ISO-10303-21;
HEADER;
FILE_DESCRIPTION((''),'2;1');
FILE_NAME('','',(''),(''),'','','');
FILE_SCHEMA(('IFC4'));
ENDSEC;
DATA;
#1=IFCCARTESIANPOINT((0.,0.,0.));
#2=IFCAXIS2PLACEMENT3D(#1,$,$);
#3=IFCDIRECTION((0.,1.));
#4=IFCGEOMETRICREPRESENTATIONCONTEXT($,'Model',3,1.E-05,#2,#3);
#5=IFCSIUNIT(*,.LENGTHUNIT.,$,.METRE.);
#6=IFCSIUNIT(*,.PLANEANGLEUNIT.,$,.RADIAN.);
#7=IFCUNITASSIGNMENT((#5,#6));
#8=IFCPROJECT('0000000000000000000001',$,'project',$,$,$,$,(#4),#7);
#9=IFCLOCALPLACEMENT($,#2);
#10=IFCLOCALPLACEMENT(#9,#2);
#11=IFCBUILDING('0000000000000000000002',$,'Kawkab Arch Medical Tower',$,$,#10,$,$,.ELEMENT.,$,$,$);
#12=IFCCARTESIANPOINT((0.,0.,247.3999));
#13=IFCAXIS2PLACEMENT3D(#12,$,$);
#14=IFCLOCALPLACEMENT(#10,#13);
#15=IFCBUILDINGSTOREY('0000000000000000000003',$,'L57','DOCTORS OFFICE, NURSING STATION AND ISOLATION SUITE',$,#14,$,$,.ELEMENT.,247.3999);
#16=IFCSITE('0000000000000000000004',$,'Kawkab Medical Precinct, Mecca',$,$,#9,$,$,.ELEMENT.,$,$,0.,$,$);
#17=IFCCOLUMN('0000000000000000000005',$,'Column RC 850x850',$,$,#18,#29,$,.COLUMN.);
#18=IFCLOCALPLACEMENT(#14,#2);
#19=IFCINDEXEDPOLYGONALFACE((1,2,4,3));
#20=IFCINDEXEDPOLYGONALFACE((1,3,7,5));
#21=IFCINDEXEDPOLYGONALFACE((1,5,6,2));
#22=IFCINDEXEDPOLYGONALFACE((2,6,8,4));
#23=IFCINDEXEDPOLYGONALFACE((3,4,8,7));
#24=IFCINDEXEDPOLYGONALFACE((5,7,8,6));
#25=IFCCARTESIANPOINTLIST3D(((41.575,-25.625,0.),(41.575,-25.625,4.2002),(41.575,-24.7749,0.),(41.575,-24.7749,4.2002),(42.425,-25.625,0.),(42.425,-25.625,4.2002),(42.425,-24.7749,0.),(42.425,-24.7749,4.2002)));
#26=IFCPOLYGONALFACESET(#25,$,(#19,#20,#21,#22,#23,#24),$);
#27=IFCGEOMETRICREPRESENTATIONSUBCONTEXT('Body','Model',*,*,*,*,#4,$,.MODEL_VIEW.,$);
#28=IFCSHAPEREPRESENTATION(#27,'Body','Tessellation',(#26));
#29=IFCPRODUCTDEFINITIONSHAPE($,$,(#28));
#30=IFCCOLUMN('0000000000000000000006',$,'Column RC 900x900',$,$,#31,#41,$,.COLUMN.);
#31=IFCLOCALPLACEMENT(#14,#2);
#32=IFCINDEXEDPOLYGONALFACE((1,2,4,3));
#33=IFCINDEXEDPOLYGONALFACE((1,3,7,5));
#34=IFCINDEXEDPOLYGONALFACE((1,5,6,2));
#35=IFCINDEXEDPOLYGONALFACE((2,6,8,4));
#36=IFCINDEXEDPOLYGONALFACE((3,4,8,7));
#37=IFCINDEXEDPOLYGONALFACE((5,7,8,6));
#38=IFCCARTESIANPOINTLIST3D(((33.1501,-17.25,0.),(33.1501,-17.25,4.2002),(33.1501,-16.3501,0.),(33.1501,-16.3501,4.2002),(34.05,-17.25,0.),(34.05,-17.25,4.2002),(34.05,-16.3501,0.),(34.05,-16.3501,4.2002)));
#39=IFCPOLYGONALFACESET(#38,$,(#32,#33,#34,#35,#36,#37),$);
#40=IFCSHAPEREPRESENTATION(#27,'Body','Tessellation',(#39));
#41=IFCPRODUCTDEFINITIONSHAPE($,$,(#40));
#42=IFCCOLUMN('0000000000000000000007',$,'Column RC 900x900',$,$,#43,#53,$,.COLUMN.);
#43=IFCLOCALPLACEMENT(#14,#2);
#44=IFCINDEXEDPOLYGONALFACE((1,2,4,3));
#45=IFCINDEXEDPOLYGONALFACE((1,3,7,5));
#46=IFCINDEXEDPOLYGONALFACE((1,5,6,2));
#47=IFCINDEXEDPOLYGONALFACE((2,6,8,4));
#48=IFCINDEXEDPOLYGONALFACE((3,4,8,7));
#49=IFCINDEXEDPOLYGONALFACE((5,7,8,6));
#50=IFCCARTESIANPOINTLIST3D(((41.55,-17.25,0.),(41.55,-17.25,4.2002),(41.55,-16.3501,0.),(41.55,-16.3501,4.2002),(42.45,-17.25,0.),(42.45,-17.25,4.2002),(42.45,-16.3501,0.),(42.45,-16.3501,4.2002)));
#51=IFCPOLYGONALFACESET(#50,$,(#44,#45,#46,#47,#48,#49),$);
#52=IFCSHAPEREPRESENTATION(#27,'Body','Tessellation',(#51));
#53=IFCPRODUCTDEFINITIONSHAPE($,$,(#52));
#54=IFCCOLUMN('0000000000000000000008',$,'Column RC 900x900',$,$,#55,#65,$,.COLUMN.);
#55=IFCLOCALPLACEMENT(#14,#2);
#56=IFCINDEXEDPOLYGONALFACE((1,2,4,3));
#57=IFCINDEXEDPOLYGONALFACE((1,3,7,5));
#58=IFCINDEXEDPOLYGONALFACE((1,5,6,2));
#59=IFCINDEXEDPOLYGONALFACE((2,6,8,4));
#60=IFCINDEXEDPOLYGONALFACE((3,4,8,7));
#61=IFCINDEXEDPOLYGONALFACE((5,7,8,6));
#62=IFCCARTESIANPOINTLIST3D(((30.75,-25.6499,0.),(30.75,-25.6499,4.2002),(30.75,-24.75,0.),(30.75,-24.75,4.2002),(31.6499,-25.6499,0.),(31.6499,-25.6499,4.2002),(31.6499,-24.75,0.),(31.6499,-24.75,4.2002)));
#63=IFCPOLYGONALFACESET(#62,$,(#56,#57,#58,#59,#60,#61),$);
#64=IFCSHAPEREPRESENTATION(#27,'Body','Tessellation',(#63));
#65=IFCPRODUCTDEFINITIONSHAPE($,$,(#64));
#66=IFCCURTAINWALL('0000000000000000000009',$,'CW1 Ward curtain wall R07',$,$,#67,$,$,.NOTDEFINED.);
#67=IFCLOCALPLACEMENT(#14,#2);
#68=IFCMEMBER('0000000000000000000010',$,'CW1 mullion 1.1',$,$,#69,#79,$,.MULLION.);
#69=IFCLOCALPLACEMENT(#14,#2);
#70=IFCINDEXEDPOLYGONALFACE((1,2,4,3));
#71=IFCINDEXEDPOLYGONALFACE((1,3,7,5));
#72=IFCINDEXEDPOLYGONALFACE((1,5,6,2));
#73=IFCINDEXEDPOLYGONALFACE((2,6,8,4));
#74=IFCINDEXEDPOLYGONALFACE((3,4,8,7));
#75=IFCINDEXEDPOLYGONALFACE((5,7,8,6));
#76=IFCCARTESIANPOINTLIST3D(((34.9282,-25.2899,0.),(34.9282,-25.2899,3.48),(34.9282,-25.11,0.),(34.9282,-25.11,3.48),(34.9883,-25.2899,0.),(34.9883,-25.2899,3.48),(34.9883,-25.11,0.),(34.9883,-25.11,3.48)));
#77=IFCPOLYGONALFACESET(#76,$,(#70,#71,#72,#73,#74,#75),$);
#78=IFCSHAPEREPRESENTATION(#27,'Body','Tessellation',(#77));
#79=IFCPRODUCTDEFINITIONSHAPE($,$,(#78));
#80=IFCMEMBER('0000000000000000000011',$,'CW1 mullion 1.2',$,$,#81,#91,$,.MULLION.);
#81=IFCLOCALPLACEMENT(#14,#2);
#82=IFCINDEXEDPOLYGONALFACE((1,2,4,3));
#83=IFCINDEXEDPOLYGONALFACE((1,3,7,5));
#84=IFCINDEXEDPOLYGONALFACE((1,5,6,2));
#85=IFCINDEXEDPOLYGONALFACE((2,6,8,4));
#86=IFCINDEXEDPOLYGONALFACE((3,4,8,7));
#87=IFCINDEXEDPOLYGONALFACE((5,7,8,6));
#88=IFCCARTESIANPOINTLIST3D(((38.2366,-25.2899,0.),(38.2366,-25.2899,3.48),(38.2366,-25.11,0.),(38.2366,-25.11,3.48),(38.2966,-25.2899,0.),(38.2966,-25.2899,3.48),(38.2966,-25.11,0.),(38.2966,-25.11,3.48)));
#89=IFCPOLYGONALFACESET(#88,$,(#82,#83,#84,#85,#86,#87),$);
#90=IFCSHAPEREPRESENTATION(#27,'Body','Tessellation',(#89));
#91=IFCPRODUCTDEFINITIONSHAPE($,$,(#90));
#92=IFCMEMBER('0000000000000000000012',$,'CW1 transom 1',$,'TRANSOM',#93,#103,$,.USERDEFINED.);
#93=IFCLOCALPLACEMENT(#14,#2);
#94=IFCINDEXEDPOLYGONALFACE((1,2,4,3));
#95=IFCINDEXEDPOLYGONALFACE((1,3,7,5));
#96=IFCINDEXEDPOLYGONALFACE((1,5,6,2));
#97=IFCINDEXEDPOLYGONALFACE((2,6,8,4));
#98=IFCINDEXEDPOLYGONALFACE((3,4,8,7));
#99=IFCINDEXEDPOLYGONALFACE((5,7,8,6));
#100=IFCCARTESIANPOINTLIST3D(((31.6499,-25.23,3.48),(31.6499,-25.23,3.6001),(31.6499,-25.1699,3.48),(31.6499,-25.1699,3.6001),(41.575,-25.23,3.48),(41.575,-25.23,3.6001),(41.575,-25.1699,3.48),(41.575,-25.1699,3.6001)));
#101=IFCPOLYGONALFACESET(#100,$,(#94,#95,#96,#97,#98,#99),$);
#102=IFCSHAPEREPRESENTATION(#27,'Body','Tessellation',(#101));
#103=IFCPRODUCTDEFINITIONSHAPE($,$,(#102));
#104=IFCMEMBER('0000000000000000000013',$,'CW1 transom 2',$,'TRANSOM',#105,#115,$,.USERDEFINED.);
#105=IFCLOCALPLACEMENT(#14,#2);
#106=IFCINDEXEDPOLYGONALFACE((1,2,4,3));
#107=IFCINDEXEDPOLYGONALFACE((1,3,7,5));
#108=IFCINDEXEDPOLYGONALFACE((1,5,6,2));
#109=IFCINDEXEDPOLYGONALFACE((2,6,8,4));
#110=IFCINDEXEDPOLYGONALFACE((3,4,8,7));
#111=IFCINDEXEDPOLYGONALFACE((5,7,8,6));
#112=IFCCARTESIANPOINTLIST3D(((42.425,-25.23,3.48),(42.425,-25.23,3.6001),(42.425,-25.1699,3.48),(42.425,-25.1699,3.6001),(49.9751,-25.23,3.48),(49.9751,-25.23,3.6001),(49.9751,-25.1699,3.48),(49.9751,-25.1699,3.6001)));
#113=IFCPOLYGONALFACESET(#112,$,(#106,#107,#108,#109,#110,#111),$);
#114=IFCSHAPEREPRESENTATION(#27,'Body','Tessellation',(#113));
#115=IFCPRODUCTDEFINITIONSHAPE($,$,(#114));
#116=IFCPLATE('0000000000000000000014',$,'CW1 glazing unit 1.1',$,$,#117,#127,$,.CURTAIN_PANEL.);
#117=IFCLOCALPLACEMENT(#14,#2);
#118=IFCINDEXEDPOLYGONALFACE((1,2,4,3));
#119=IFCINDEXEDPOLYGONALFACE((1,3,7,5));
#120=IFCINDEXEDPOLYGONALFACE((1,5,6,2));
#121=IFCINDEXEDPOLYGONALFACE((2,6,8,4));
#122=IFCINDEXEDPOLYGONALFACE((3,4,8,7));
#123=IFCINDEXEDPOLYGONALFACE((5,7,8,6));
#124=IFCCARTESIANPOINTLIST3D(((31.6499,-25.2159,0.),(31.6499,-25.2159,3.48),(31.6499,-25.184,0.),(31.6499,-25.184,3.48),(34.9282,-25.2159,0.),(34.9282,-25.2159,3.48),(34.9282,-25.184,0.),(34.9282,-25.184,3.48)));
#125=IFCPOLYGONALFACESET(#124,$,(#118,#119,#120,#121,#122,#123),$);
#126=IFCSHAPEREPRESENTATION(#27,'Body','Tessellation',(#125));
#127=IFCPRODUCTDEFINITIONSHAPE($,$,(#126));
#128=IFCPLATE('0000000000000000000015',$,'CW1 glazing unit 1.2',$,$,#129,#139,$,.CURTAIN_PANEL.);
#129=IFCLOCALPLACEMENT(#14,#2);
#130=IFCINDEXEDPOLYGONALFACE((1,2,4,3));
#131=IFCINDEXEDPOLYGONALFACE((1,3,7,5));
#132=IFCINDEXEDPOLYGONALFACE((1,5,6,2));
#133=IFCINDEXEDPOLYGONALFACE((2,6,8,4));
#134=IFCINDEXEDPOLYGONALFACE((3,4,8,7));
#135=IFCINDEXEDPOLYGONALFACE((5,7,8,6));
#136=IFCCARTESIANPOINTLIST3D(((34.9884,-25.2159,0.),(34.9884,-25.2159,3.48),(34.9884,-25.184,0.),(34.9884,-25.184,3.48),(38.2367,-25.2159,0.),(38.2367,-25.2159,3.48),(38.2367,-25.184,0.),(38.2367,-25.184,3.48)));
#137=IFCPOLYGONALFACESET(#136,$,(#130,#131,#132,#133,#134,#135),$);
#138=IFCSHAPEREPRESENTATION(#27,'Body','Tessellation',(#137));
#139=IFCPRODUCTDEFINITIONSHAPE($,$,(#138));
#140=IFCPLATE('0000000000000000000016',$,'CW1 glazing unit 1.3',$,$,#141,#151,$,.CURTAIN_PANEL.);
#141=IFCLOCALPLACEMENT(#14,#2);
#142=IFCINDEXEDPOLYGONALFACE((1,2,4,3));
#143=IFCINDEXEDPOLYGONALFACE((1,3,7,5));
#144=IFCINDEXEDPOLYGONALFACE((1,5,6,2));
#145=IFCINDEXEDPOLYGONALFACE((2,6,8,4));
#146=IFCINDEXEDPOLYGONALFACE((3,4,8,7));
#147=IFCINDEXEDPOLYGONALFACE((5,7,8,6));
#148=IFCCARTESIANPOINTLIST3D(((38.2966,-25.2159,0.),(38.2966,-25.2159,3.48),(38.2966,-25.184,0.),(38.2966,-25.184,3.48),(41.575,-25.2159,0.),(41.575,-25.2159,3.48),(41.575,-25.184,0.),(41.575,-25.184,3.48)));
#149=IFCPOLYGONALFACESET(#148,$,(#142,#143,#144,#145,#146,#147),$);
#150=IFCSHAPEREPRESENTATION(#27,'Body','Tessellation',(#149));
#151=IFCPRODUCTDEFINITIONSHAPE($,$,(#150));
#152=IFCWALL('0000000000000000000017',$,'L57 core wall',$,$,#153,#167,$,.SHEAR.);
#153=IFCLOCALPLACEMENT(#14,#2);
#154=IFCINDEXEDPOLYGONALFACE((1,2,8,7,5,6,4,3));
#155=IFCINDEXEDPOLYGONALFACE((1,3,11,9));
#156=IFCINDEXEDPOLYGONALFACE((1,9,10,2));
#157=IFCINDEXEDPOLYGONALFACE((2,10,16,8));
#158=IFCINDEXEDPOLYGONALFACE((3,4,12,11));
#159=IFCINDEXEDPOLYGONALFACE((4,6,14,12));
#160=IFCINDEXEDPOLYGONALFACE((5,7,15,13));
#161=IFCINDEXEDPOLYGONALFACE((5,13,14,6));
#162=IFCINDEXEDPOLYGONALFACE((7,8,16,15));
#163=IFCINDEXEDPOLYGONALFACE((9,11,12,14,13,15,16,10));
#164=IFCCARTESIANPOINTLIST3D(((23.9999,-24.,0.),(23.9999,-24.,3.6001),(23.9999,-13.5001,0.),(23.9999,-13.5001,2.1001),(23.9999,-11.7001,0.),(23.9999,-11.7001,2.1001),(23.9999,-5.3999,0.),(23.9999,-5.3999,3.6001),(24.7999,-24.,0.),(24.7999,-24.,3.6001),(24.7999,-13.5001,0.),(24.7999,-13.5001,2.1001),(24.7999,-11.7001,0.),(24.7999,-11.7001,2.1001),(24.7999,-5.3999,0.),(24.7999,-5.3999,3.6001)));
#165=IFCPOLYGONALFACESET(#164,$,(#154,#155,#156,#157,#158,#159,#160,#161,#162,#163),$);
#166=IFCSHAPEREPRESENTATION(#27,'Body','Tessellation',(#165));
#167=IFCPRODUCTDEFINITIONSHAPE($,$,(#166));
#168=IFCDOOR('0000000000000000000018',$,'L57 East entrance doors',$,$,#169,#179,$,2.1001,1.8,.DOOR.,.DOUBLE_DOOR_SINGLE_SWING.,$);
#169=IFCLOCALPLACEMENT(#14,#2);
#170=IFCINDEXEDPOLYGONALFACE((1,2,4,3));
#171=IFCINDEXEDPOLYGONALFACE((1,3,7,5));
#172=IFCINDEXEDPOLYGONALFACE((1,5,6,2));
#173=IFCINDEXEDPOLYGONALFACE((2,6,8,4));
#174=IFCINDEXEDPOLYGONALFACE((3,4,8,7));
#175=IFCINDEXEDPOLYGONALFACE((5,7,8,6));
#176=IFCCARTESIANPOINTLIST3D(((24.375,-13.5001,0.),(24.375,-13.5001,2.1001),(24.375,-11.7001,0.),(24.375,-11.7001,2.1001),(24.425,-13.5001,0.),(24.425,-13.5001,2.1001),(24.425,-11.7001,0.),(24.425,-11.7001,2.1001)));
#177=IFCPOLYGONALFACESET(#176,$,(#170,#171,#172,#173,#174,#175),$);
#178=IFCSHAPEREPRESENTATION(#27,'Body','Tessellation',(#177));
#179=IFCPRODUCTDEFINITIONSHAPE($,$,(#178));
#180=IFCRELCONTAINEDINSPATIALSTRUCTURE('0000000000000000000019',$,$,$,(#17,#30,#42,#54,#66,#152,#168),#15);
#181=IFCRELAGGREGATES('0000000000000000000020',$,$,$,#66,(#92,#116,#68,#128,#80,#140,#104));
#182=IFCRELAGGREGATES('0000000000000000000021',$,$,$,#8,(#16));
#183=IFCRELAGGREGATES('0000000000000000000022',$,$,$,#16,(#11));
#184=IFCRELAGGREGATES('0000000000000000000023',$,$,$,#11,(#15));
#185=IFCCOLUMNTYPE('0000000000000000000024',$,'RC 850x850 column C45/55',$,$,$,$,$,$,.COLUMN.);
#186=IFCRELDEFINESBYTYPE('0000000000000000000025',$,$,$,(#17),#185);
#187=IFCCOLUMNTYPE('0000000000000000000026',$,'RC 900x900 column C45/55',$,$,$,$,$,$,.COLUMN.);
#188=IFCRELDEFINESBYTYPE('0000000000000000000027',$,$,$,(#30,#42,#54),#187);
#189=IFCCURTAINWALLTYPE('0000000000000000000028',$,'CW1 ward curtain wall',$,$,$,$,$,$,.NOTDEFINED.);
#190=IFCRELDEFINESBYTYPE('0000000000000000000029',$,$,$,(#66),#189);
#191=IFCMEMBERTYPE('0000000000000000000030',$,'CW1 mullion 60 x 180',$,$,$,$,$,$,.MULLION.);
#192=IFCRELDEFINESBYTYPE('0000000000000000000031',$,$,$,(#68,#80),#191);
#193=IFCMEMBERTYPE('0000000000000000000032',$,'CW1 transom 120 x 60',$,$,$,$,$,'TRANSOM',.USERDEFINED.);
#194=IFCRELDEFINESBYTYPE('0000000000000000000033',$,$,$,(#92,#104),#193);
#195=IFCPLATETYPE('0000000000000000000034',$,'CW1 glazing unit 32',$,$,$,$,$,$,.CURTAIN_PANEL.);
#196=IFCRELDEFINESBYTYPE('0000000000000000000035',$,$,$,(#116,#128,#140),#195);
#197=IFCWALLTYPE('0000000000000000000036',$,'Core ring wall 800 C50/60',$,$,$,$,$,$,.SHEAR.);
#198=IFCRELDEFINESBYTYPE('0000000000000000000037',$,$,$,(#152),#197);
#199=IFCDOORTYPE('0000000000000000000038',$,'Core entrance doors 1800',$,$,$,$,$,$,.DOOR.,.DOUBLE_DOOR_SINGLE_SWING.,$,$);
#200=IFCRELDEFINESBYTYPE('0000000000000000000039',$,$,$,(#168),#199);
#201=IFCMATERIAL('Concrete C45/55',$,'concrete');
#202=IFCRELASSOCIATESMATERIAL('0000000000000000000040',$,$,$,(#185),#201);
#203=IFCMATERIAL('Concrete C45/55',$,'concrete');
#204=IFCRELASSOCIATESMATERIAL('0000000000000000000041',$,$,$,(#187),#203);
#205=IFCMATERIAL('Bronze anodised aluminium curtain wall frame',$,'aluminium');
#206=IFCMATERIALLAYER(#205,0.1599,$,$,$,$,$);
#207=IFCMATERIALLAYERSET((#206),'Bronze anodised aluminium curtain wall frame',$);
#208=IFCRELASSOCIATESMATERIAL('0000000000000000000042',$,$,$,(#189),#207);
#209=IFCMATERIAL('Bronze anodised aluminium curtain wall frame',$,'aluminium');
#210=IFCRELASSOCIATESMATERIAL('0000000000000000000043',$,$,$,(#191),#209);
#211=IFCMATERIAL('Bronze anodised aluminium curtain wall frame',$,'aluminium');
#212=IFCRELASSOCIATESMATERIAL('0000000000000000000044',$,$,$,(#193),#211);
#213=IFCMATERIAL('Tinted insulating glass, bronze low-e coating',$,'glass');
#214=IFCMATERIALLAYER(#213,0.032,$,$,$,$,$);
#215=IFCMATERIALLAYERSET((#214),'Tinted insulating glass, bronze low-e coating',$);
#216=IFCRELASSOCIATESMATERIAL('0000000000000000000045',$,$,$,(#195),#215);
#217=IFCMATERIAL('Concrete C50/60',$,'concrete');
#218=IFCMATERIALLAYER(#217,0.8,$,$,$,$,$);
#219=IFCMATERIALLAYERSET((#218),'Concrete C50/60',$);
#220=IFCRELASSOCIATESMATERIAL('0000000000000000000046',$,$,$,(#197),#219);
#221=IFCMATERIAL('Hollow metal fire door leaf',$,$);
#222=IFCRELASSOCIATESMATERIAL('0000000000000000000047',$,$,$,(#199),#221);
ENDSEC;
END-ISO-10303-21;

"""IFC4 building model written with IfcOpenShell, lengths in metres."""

from ifc_helpers import new_model, si_unit, direction, frame, frame_2d, origin, origin_2d, place, context, subcontext, project, spatial, rectangle, extrude, material, layer, layer_set, material_profile, profile_set, type_object, element, fill, aggregate, save


model = new_model("IFC4")

# Units and contexts
model_context = context("Model", 3, precision=1e-05, world=origin(), true_north=direction((0.0, 1.0)))
body_context = subcontext(model_context, "Body", "Model", "MODEL_VIEW")
ifc_project = project(units=[si_unit("LENGTHUNIT", "METRE"), si_unit("PLANEANGLEUNIT", "RADIAN")], contexts=[model_context])

# Site, building, storey
site_placement = place(None, origin())
site = spatial("IfcSite", under=ifc_project, at=site_placement, Name="Kawkab Medical Precinct, Mecca", CompositionType="ELEMENT", RefElevation=0.0)
building_placement = place(site_placement, origin())
building = spatial("IfcBuilding", under=site, at=building_placement, Name="Kawkab Arch Medical Tower", CompositionType="ELEMENT")
storey_placement = place(building_placement, frame((0.0, 0.0, 247.3999)))
storey = spatial("IfcBuildingStorey", under=building, at=storey_placement, Name="L57", Description="DOCTORS OFFICE, NURSING STATION AND ISOLATION SUITE", CompositionType="ELEMENT", Elevation=247.3999)

# Columns
ifc_material_1 = material(Name="Concrete C45/55", Category="concrete")
ifc_material_profile_1 = material_profile(ifc_material_1, rectangle(XDim=0.8501, YDim=0.8501, at=origin_2d()), Name="RC 850x850")
ifc_profile_set_1 = profile_set([ifc_material_profile_1], Name="Concrete C45/55")
column_type_1 = type_object("IfcColumnType", Name="RC 850x850 column C45/55", PredefinedType="COLUMN", material=ifc_profile_set_1)
column_placement = place(storey_placement, frame((42.0, -25.2, 0.0), z_axis=(0.0, 0.0, 1.0), x_axis=(1.0, 0.0, 0.0)))
element("IfcColumn", 1, at=column_placement, inside=storey, type_object=column_type_1, Name="Column RC 850x850", PredefinedType="COLUMN", context=body_context, shape_type="SweptSolid", body=[
    extrude(rectangle(XDim=0.8501, YDim=0.8501, at=origin_2d()), origin(), (0.0, 0.0, 1.0), 4.2002),
])
ifc_material_2 = material(Name="Concrete C45/55", Category="concrete")
ifc_material_profile_2 = material_profile(ifc_material_2, rectangle(XDim=0.8999, YDim=0.8999, at=origin_2d()), Name="RC 900x900")
ifc_profile_set_2 = profile_set([ifc_material_profile_2], Name="Concrete C45/55")
column_type_2 = type_object("IfcColumnType", Name="RC 900x900 column C45/55", PredefinedType="COLUMN", material=ifc_profile_set_2)
for number, where, z_axis, x_axis, name in (
    (2, (33.6001, -16.8, 0.0), (0.0, 0.0, 1.0), (1.0, 0.0, 0.0), "Column RC 900x900"),
    (3, (42.0, -16.8, 0.0), (0.0, 0.0, 1.0), (1.0, 0.0, 0.0), "Column RC 900x900"),
    (4, (31.2, -25.2, 0.0), (0.0, 0.0, 1.0), (1.0, 0.0, 0.0), "Column RC 900x900"),
):
    element("IfcColumn", number, at=place(storey_placement, frame(where, z_axis=z_axis, x_axis=x_axis)), inside=storey, type_object=column_type_2, Name=name, PredefinedType="COLUMN", context=body_context, shape_type="SweptSolid", body=[
        extrude(rectangle(XDim=0.8999, YDim=0.8999, at=origin_2d()), origin(), (0.0, 0.0, 1.0), 4.2002),
    ])

# Curtain wall, members, plates
ifc_material_3 = material(Name="Bronze anodised aluminium curtain wall frame", Category="aluminium")
ifc_layer_1 = layer(ifc_material_3, 0.1599)
ifc_layer_set_1 = layer_set([ifc_layer_1], Name="Bronze anodised aluminium curtain wall frame")
curtain_wall_type = type_object("IfcCurtainWallType", Name="CW1 ward curtain wall", PredefinedType="NOTDEFINED", material=ifc_layer_set_1)
curtain_wall_placement = place(storey_placement, origin())
curtain_wall = element("IfcCurtainWall", 5, at=curtain_wall_placement, inside=storey, type_object=curtain_wall_type, Name="CW1 Ward curtain wall R07", PredefinedType="NOTDEFINED")
ifc_material_4 = material(Name="Bronze anodised aluminium curtain wall frame", Category="aluminium")
ifc_material_profile_3 = material_profile(ifc_material_4, rectangle(XDim=0.1799, YDim=0.0601, at=origin_2d()), Name="AL 60x180")
ifc_profile_set_3 = profile_set([ifc_material_profile_3], Name="Bronze anodised aluminium curtain wall frame")
member_type_1 = type_object("IfcMemberType", Name="CW1 mullion 60 x 180", PredefinedType="MULLION", material=ifc_profile_set_3)
member_1_placement = place(storey_placement, frame((34.9583, -25.2, 0.0), z_axis=(0.0, 0.0, 1.0), x_axis=(0.0, 1.0, 0.0)))
member_1 = element("IfcMember", 6, at=member_1_placement, type_object=member_type_1, Name="CW1 mullion 1.1", PredefinedType="MULLION", context=body_context, shape_type="SweptSolid", body=[
    extrude(rectangle(XDim=0.1799, YDim=0.0601, at=origin_2d()), origin(), (0.0, 0.0, 1.0), 3.48),
])
member_2_placement = place(storey_placement, frame((38.2666, -25.2, 0.0), z_axis=(0.0, 0.0, 1.0), x_axis=(0.0, 1.0, 0.0)))
member_2 = element("IfcMember", 7, at=member_2_placement, type_object=member_type_1, Name="CW1 mullion 1.2", PredefinedType="MULLION", context=body_context, shape_type="SweptSolid", body=[
    extrude(rectangle(XDim=0.1799, YDim=0.0601, at=origin_2d()), origin(), (0.0, 0.0, 1.0), 3.48),
])
ifc_material_5 = material(Name="Bronze anodised aluminium curtain wall frame", Category="aluminium")
ifc_material_profile_4 = material_profile(ifc_material_5, rectangle(XDim=0.0601, YDim=0.1201, at=origin_2d()), Name="AL 60x120")
ifc_profile_set_4 = profile_set([ifc_material_profile_4], Name="Bronze anodised aluminium curtain wall frame")
member_type_2 = type_object("IfcMemberType", Name="CW1 transom 120 x 60", ElementType="TRANSOM", PredefinedType="USERDEFINED", material=ifc_profile_set_4)
member_3_placement = place(storey_placement, frame((31.6499, -25.2, 3.54), z_axis=(1.0, 0.0, 0.0), x_axis=(0.0, 1.0, 0.0)))
member_3 = element("IfcMember", 8, at=member_3_placement, type_object=member_type_2, Name="CW1 transom 1", ObjectType="TRANSOM", PredefinedType="USERDEFINED", context=body_context, shape_type="SweptSolid", body=[
    extrude(rectangle(XDim=0.0601, YDim=0.1201, at=origin_2d()), origin(), (0.0, 0.0, 1.0), 9.925),
])
member_4_placement = place(storey_placement, frame((42.425, -25.2, 3.54), z_axis=(1.0, 0.0, 0.0), x_axis=(0.0, 1.0, 0.0)))
member_4 = element("IfcMember", 9, at=member_4_placement, type_object=member_type_2, Name="CW1 transom 2", ObjectType="TRANSOM", PredefinedType="USERDEFINED", context=body_context, shape_type="SweptSolid", body=[
    extrude(rectangle(XDim=0.0601, YDim=0.1201, at=origin_2d()), origin(), (0.0, 0.0, 1.0), 7.55),
])
ifc_material_6 = material(Name="Tinted insulating glass, bronze low-e coating", Category="glass")
ifc_layer_2 = layer(ifc_material_6, 0.032)
ifc_layer_set_2 = layer_set([ifc_layer_2], Name="Tinted insulating glass, bronze low-e coating")
plate_type = type_object("IfcPlateType", Name="CW1 glazing unit 32", PredefinedType="CURTAIN_PANEL", material=ifc_layer_set_2)
plate_1_placement = place(storey_placement, frame((33.2891, -25.2, 0.0), z_axis=(0.0, 0.0, 1.0), x_axis=(1.0, 0.0, 0.0)))
plate_1 = element("IfcPlate", 10, at=plate_1_placement, type_object=plate_type, Name="CW1 glazing unit 1.1", PredefinedType="CURTAIN_PANEL", context=body_context, shape_type="SweptSolid", body=[
    extrude(rectangle(XDim=3.2783, YDim=0.032, at=origin_2d()), origin(), (0.0, 0.0, 1.0), 3.48),
])
plate_2_placement = place(storey_placement, frame((36.6125, -25.2, 0.0), z_axis=(0.0, 0.0, 1.0), x_axis=(1.0, 0.0, 0.0)))
plate_2 = element("IfcPlate", 11, at=plate_2_placement, type_object=plate_type, Name="CW1 glazing unit 1.2", PredefinedType="CURTAIN_PANEL", context=body_context, shape_type="SweptSolid", body=[
    extrude(rectangle(XDim=3.2483, YDim=0.032, at=origin_2d()), origin(), (0.0, 0.0, 1.0), 3.48),
])
plate_3_placement = place(storey_placement, frame((39.9358, -25.2, 0.0), z_axis=(0.0, 0.0, 1.0), x_axis=(1.0, 0.0, 0.0)))
plate_3 = element("IfcPlate", 12, at=plate_3_placement, type_object=plate_type, Name="CW1 glazing unit 1.3", PredefinedType="CURTAIN_PANEL", context=body_context, shape_type="SweptSolid", body=[
    extrude(rectangle(XDim=3.2783, YDim=0.032, at=origin_2d()), origin(), (0.0, 0.0, 1.0), 3.48),
])
aggregate(curtain_wall, [member_3, plate_1, member_1, plate_2, member_2, plate_3, member_4])

# Wall, opening, door
ifc_material_7 = material(Name="Concrete C50/60", Category="concrete")
ifc_layer_3 = layer(ifc_material_7, 0.8)
ifc_layer_set_3 = layer_set([ifc_layer_3], Name="Concrete C50/60")
wall_type_1 = type_object("IfcWallType", Name="Core ring wall 800 C50/60", PredefinedType="SHEAR", material=ifc_layer_set_3)
wall_1_placement = place(storey_placement, frame((24.3999, -24.0, 0.0), z_axis=(0.0, 0.0, 1.0), x_axis=(0.0, 1.0, 0.0)))
wall_1 = element("IfcWall", 13, at=wall_1_placement, inside=storey, type_object=wall_type_1, Name="L57 core wall", PredefinedType="SHEAR", context=body_context, shape_type="SweptSolid", body=[
    extrude(rectangle(XDim=18.6001, YDim=0.8, at=frame_2d((9.3, 0.0))), origin(), (0.0, 0.0, 1.0), 3.6001),
])
opening_1_placement = place(wall_1_placement, frame((10.5, 0.0, 0.0)))
opening_1 = element("IfcOpeningElement", 14, at=opening_1_placement, cuts=wall_1, PredefinedType="OPENING", context=body_context, shape_type="SweptSolid", body=[
    extrude(rectangle(XDim=1.8, YDim=2.1001, at=frame_2d((0.8999, 1.05))), frame((0.0, 0.4099, 0.0), z_axis=(0.0, -1.0, 0.0), x_axis=(1.0, 0.0, 0.0)), (0.0, 0.0, 1.0), 0.8201),
])
ifc_material_8 = material(Name="Hollow metal fire door leaf")
door_type_1 = type_object("IfcDoorType", Name="Core entrance doors 1800", OperationType="DOUBLE_DOOR_SINGLE_SWING", PredefinedType="DOOR", material=ifc_material_8)
door_1_placement = place(opening_1_placement, origin())
door_1 = element("IfcDoor", 15, at=door_1_placement, inside=storey, type_object=door_type_1, Name="L57 East entrance doors", OperationType="DOUBLE_DOOR_SINGLE_SWING", OverallHeight=2.1001, OverallWidth=1.8, PredefinedType="DOOR", context=body_context, shape_type="SweptSolid", body=[
    extrude(rectangle(XDim=1.8, YDim=2.1001, at=frame_2d((0.8999, 1.05))), frame((0.0, 0.0249, 0.0), z_axis=(0.0, -1.0, 0.0), x_axis=(1.0, 0.0, 0.0)), (0.0, 0.0, 1.0), 0.05),
])
fill(opening_1, door_1)

save(model, "model.ifc")
